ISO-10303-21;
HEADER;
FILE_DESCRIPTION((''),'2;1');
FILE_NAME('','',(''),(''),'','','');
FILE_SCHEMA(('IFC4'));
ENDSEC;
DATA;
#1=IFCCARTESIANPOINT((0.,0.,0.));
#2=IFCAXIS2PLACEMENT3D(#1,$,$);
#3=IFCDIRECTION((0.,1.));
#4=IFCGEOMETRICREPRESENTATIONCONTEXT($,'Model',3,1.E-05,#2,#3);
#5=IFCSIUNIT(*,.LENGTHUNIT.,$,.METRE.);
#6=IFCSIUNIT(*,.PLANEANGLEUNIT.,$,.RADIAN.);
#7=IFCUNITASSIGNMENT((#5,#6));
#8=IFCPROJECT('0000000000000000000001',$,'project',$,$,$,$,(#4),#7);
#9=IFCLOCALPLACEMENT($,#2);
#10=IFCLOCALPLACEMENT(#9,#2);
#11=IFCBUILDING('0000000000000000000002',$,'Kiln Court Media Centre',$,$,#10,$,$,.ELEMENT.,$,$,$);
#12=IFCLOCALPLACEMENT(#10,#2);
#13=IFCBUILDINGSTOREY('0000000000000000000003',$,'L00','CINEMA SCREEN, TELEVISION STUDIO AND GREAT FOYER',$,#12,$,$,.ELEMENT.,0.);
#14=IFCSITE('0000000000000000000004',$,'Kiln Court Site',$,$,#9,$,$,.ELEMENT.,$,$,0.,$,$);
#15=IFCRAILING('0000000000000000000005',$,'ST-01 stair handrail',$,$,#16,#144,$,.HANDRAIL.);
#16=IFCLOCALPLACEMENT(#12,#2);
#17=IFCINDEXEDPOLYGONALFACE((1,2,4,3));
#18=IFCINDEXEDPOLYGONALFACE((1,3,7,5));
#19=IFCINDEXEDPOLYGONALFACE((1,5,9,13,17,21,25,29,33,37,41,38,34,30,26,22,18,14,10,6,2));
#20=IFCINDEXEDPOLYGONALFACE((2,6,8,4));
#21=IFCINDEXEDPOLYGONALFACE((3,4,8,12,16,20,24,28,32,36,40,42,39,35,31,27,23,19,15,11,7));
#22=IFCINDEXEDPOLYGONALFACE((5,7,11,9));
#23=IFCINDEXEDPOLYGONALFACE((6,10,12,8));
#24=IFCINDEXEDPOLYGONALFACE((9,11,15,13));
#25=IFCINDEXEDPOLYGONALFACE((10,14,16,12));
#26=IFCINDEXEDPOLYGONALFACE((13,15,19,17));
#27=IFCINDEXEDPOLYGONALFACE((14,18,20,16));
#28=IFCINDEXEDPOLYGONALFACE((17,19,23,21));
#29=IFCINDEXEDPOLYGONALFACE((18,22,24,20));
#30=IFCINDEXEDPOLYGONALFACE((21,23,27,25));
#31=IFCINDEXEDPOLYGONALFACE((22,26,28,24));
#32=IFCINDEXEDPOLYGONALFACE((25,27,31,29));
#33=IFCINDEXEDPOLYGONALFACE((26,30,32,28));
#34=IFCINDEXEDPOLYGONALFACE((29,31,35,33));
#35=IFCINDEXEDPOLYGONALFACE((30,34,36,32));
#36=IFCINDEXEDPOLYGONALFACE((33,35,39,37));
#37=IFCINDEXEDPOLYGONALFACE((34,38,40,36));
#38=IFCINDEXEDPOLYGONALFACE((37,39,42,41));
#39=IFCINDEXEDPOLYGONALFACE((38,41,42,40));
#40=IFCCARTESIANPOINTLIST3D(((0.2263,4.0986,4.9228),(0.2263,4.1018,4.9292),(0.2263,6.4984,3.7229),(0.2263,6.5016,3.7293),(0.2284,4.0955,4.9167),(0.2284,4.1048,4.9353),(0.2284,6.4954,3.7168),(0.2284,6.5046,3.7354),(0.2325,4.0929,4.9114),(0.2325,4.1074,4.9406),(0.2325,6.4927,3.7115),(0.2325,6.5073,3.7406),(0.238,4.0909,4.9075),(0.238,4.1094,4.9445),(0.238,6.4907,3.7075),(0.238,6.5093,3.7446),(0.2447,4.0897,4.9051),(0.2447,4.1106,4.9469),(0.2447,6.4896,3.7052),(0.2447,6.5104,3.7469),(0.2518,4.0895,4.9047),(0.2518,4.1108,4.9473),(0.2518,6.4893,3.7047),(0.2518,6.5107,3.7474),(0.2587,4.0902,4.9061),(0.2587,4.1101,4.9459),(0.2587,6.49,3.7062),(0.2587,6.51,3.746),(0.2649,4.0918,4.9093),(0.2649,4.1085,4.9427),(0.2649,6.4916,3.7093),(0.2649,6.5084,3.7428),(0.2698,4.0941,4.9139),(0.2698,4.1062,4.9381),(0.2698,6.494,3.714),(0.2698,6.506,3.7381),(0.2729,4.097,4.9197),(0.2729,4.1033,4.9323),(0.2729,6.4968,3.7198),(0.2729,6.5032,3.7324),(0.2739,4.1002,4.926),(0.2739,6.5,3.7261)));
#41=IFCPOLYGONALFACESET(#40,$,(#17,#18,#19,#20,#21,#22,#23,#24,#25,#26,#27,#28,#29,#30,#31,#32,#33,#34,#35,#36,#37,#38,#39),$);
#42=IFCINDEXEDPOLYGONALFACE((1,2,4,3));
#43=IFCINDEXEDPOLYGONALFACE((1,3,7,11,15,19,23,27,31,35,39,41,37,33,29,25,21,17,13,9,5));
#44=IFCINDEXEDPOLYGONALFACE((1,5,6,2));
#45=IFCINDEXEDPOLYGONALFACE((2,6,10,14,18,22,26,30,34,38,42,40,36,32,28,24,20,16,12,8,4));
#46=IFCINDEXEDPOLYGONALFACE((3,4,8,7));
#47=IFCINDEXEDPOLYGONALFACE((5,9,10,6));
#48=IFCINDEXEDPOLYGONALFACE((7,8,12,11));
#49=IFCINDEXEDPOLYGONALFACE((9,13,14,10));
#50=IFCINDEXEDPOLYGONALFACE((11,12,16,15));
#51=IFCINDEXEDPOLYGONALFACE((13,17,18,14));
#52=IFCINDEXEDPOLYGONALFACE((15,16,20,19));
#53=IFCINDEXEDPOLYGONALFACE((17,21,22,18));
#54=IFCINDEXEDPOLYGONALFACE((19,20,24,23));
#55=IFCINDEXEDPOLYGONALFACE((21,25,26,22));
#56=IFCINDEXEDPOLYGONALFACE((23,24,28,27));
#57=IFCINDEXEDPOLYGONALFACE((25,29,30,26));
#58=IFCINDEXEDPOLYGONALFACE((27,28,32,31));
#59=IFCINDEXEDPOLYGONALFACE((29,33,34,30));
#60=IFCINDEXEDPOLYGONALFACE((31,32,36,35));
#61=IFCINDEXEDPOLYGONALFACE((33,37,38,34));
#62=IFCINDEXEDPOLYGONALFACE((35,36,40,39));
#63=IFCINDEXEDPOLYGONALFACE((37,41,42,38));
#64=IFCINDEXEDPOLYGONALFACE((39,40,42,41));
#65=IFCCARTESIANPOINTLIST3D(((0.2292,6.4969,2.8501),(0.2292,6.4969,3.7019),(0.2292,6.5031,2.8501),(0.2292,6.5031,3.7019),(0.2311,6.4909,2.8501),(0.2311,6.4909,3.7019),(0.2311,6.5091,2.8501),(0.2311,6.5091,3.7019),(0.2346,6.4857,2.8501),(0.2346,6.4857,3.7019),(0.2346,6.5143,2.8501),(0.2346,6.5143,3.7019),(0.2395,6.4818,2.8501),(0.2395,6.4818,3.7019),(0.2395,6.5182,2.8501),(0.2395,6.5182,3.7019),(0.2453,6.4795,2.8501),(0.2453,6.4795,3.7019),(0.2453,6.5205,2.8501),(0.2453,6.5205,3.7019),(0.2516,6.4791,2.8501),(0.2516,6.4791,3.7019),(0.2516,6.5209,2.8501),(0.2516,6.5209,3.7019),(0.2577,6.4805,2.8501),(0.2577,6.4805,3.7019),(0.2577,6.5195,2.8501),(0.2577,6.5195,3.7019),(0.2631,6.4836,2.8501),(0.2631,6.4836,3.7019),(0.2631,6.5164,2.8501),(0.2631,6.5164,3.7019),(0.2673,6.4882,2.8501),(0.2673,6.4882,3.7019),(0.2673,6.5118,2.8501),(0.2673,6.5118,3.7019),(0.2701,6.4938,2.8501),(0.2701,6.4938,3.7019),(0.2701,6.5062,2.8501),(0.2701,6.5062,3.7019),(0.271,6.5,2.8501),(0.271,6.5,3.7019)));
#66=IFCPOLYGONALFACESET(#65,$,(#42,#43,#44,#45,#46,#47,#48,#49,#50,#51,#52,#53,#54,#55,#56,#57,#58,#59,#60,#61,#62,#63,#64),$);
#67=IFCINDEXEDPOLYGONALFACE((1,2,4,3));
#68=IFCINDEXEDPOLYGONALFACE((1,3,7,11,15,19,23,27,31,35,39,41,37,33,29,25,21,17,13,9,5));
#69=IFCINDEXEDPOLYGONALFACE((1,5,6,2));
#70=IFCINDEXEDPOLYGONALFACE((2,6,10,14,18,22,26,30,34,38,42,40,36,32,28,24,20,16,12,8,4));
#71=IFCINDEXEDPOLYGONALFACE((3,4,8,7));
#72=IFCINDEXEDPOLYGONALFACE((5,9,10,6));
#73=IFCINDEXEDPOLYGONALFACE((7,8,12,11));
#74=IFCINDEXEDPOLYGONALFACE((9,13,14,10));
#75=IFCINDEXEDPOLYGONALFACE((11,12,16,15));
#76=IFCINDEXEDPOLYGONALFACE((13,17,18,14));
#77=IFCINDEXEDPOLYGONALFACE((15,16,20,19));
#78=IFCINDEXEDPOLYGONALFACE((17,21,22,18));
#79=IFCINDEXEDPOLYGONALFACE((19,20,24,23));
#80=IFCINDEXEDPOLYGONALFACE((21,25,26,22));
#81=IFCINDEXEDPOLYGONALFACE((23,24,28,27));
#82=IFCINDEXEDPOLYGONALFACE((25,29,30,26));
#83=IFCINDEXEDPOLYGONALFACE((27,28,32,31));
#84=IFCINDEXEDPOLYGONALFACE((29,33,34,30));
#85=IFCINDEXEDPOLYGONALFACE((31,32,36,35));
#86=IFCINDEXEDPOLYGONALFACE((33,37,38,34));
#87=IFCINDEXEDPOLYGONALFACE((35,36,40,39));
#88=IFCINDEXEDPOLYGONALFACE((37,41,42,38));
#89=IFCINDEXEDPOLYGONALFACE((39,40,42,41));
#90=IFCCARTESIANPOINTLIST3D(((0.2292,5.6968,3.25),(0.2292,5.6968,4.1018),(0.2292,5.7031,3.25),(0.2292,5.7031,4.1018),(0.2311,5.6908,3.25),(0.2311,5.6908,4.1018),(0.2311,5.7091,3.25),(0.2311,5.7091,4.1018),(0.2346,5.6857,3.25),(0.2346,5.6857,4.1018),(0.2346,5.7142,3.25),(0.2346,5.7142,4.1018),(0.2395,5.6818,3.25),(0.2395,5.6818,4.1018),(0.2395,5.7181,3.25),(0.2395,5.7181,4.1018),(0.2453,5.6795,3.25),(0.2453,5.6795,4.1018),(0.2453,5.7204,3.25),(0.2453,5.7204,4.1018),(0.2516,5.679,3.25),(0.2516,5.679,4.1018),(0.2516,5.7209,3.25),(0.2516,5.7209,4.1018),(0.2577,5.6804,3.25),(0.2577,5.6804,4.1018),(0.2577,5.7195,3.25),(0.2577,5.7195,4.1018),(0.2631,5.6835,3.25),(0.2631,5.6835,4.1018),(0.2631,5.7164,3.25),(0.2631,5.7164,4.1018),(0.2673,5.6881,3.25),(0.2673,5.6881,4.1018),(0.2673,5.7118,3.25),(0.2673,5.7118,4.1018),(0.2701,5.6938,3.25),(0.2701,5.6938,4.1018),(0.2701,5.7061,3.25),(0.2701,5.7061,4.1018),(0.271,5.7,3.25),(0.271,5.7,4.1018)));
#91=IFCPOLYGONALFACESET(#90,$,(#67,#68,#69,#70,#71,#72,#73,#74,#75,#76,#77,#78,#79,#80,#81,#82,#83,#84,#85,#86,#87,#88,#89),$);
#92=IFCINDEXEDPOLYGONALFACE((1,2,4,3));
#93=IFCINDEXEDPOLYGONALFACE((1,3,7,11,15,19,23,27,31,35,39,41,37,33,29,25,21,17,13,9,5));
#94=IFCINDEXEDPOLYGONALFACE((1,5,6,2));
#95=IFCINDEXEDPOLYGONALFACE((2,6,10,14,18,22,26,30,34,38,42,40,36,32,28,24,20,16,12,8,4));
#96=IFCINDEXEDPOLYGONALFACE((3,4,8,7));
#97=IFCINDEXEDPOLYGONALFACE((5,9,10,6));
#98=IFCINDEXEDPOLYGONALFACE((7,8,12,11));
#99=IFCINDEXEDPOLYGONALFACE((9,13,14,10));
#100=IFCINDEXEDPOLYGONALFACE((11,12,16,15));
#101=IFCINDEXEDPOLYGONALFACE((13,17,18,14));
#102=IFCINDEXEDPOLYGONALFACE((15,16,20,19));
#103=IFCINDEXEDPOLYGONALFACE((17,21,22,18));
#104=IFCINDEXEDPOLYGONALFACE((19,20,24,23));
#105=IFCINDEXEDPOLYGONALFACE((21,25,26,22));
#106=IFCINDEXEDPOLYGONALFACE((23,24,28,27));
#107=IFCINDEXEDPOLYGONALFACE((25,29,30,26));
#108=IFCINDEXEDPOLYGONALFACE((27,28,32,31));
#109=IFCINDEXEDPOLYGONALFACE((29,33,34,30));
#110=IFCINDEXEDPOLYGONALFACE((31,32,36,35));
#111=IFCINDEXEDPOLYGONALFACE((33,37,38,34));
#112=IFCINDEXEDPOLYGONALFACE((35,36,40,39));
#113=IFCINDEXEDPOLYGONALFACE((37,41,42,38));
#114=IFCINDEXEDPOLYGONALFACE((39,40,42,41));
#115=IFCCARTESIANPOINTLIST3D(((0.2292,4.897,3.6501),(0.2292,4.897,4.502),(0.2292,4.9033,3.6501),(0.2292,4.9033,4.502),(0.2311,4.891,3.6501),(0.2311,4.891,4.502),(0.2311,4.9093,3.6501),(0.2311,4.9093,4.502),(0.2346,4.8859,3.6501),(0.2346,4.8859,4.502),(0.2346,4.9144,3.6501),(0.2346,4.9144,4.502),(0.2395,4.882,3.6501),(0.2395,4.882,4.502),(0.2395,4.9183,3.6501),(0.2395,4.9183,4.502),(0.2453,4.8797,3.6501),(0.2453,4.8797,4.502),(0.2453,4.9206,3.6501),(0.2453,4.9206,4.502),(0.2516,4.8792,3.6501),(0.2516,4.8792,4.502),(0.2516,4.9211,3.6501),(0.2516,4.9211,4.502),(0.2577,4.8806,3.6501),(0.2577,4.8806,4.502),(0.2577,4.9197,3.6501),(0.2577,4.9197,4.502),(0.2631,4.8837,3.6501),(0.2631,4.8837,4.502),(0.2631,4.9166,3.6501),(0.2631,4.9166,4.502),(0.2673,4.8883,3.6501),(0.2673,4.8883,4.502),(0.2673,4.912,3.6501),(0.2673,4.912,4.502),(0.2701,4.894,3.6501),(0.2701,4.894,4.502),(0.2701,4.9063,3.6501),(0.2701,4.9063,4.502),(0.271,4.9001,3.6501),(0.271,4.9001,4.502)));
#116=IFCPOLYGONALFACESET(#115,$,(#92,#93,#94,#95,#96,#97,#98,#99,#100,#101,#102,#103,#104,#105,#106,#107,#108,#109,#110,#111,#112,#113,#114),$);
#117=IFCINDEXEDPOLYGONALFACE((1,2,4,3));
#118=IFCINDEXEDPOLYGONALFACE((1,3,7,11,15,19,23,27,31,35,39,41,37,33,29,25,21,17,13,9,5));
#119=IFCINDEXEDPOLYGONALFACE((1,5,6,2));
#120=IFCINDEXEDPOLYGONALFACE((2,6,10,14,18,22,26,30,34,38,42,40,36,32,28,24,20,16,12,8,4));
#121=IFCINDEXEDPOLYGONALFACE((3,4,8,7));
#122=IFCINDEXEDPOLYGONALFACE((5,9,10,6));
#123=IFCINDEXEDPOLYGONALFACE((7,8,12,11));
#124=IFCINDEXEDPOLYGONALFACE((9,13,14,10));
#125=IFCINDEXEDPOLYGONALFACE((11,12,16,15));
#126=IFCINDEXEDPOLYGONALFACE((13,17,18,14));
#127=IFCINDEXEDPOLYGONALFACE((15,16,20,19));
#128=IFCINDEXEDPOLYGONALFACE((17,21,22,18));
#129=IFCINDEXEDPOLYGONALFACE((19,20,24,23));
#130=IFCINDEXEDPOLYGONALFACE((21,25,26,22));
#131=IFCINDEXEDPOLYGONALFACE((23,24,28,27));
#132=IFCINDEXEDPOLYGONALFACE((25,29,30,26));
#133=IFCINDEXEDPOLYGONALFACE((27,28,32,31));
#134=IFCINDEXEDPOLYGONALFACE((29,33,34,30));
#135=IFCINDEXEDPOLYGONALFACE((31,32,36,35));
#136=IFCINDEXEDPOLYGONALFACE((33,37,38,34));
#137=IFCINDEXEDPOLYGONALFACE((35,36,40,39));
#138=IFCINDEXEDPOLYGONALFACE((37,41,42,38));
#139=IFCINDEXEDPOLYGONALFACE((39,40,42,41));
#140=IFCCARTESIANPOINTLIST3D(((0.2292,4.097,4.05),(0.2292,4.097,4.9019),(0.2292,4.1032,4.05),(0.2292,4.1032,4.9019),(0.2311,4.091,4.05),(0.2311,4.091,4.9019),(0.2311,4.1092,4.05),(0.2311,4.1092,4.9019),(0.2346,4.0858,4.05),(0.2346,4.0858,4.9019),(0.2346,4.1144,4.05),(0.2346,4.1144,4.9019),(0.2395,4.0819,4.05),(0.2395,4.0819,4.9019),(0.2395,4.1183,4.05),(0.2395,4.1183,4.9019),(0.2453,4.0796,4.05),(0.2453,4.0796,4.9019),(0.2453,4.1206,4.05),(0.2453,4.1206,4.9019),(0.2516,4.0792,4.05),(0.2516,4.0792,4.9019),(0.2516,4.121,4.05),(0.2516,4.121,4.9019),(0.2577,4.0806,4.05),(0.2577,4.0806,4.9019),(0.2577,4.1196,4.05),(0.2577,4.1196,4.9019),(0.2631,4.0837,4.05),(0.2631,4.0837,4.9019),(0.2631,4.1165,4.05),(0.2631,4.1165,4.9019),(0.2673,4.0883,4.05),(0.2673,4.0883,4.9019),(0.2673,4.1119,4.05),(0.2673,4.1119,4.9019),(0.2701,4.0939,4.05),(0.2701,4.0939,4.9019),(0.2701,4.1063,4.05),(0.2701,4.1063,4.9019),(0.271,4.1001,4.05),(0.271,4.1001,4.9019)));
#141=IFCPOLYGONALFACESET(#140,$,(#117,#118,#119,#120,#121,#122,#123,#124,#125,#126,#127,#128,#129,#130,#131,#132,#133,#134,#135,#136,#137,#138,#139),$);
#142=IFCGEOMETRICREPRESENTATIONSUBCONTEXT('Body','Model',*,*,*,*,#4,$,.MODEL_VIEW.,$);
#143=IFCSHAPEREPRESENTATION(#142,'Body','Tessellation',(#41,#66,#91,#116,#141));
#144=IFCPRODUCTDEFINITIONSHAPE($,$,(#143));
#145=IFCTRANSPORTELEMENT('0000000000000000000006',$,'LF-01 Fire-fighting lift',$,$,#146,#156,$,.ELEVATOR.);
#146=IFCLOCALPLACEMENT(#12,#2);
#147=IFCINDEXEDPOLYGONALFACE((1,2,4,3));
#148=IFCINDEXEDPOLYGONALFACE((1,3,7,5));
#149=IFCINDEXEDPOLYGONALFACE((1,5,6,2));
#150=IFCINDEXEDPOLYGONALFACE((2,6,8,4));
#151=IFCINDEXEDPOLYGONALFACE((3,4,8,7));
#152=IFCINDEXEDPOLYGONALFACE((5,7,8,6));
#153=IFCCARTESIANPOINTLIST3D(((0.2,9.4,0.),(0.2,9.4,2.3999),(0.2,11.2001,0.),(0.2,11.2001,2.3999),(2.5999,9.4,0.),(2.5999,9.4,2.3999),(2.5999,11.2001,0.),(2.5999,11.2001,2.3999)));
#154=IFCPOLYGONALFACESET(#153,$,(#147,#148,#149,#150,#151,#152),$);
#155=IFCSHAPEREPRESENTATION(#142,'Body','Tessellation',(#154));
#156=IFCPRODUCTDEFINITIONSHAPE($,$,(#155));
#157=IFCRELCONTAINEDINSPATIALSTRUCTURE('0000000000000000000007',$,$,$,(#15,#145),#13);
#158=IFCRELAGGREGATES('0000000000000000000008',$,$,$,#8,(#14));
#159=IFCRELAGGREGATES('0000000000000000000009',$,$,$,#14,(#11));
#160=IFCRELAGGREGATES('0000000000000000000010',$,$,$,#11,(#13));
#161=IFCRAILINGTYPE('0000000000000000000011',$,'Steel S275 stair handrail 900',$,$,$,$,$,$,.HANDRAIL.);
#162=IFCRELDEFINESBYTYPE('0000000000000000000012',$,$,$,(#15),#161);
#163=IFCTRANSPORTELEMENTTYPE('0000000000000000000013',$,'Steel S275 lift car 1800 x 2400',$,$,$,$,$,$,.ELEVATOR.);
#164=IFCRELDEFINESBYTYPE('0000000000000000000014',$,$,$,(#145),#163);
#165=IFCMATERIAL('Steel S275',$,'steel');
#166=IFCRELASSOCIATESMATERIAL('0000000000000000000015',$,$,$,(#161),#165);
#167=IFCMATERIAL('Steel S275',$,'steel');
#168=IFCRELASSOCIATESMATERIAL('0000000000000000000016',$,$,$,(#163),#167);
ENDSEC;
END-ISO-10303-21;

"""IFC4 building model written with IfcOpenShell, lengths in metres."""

from ifc_helpers import new_model, si_unit, direction, frame, origin, origin_2d, place, context, subcontext, project, spatial, rectangle, circle, extrude, material, type_object, element, save


model = new_model("IFC4")

# Units and contexts
model_context = context("Model", 3, precision=1e-05, world=origin(), true_north=direction((0.0, 1.0)))
body_context = subcontext(model_context, "Body", "Model", "MODEL_VIEW")
ifc_project = project(units=[si_unit("LENGTHUNIT", "METRE"), si_unit("PLANEANGLEUNIT", "RADIAN")], contexts=[model_context])

# Site, building, storey
site_placement = place(None, origin())
site = spatial("IfcSite", under=ifc_project, at=site_placement, Name="Kiln Court Site", CompositionType="ELEMENT", RefElevation=0.0)
building_placement = place(site_placement, origin())
building = spatial("IfcBuilding", under=site, at=building_placement, Name="Kiln Court Media Centre", CompositionType="ELEMENT")
storey_placement = place(building_placement, origin())
storey = spatial("IfcBuildingStorey", under=building, at=storey_placement, Name="L00", Description="CINEMA SCREEN, TELEVISION STUDIO AND GREAT FOYER", CompositionType="ELEMENT", Elevation=0.0)

# Railing
ifc_material_1 = material(Name="Steel S275", Category="steel")
railing_type_1 = type_object("IfcRailingType", Name="Steel S275 stair handrail 900", PredefinedType="HANDRAIL", material=ifc_material_1)
railing_1_placement = place(storey_placement, frame((0.25, 6.5, 2.8501)))
element("IfcRailing", 1, at=railing_1_placement, inside=storey, type_object=railing_type_1, Name="ST-01 stair handrail", PredefinedType="HANDRAIL", context=body_context, shape_type="SweptSolid", body=[
    extrude(circle(Radius=0.0239, at=origin_2d()), frame((0.0, 0.0, 0.876), z_axis=(0.0, -0.894427, 0.447214), x_axis=(1.0, 0.0, 0.0)), (0.0, 0.0, 1.0), 2.6831),
    extrude(circle(Radius=0.021, at=origin_2d()), origin(), (0.0, 0.0, 1.0), 0.8518),
    extrude(circle(Radius=0.021, at=origin_2d()), frame((0.0, -0.8, 0.3999)), (0.0, 0.0, 1.0), 0.8518),
    extrude(circle(Radius=0.021, at=origin_2d()), frame((0.0, -1.5999, 0.8)), (0.0, 0.0, 1.0), 0.8518),
    extrude(circle(Radius=0.021, at=origin_2d()), frame((0.0, -2.3999, 1.2)), (0.0, 0.0, 1.0), 0.8518),
])

# Transport element
ifc_material_2 = material(Name="Steel S275", Category="steel")
transport_element_type = type_object("IfcTransportElementType", Name="Steel S275 lift car 1800 x 2400", PredefinedType="ELEVATOR", material=ifc_material_2)
transport_element_placement = place(storey_placement, frame((1.3999, 10.3, 0.0), z_axis=(0.0, 0.0, 1.0), x_axis=(1.0, 0.0, 0.0)))
element("IfcTransportElement", 2, at=transport_element_placement, inside=storey, type_object=transport_element_type, Name="LF-01 Fire-fighting lift", PredefinedType="ELEVATOR", context=body_context, shape_type="SweptSolid", body=[
    extrude(rectangle(XDim=2.3999, YDim=1.8, at=origin_2d()), origin(), (0.0, 0.0, 1.0), 2.3999),
])

save(model, "model.ifc")
